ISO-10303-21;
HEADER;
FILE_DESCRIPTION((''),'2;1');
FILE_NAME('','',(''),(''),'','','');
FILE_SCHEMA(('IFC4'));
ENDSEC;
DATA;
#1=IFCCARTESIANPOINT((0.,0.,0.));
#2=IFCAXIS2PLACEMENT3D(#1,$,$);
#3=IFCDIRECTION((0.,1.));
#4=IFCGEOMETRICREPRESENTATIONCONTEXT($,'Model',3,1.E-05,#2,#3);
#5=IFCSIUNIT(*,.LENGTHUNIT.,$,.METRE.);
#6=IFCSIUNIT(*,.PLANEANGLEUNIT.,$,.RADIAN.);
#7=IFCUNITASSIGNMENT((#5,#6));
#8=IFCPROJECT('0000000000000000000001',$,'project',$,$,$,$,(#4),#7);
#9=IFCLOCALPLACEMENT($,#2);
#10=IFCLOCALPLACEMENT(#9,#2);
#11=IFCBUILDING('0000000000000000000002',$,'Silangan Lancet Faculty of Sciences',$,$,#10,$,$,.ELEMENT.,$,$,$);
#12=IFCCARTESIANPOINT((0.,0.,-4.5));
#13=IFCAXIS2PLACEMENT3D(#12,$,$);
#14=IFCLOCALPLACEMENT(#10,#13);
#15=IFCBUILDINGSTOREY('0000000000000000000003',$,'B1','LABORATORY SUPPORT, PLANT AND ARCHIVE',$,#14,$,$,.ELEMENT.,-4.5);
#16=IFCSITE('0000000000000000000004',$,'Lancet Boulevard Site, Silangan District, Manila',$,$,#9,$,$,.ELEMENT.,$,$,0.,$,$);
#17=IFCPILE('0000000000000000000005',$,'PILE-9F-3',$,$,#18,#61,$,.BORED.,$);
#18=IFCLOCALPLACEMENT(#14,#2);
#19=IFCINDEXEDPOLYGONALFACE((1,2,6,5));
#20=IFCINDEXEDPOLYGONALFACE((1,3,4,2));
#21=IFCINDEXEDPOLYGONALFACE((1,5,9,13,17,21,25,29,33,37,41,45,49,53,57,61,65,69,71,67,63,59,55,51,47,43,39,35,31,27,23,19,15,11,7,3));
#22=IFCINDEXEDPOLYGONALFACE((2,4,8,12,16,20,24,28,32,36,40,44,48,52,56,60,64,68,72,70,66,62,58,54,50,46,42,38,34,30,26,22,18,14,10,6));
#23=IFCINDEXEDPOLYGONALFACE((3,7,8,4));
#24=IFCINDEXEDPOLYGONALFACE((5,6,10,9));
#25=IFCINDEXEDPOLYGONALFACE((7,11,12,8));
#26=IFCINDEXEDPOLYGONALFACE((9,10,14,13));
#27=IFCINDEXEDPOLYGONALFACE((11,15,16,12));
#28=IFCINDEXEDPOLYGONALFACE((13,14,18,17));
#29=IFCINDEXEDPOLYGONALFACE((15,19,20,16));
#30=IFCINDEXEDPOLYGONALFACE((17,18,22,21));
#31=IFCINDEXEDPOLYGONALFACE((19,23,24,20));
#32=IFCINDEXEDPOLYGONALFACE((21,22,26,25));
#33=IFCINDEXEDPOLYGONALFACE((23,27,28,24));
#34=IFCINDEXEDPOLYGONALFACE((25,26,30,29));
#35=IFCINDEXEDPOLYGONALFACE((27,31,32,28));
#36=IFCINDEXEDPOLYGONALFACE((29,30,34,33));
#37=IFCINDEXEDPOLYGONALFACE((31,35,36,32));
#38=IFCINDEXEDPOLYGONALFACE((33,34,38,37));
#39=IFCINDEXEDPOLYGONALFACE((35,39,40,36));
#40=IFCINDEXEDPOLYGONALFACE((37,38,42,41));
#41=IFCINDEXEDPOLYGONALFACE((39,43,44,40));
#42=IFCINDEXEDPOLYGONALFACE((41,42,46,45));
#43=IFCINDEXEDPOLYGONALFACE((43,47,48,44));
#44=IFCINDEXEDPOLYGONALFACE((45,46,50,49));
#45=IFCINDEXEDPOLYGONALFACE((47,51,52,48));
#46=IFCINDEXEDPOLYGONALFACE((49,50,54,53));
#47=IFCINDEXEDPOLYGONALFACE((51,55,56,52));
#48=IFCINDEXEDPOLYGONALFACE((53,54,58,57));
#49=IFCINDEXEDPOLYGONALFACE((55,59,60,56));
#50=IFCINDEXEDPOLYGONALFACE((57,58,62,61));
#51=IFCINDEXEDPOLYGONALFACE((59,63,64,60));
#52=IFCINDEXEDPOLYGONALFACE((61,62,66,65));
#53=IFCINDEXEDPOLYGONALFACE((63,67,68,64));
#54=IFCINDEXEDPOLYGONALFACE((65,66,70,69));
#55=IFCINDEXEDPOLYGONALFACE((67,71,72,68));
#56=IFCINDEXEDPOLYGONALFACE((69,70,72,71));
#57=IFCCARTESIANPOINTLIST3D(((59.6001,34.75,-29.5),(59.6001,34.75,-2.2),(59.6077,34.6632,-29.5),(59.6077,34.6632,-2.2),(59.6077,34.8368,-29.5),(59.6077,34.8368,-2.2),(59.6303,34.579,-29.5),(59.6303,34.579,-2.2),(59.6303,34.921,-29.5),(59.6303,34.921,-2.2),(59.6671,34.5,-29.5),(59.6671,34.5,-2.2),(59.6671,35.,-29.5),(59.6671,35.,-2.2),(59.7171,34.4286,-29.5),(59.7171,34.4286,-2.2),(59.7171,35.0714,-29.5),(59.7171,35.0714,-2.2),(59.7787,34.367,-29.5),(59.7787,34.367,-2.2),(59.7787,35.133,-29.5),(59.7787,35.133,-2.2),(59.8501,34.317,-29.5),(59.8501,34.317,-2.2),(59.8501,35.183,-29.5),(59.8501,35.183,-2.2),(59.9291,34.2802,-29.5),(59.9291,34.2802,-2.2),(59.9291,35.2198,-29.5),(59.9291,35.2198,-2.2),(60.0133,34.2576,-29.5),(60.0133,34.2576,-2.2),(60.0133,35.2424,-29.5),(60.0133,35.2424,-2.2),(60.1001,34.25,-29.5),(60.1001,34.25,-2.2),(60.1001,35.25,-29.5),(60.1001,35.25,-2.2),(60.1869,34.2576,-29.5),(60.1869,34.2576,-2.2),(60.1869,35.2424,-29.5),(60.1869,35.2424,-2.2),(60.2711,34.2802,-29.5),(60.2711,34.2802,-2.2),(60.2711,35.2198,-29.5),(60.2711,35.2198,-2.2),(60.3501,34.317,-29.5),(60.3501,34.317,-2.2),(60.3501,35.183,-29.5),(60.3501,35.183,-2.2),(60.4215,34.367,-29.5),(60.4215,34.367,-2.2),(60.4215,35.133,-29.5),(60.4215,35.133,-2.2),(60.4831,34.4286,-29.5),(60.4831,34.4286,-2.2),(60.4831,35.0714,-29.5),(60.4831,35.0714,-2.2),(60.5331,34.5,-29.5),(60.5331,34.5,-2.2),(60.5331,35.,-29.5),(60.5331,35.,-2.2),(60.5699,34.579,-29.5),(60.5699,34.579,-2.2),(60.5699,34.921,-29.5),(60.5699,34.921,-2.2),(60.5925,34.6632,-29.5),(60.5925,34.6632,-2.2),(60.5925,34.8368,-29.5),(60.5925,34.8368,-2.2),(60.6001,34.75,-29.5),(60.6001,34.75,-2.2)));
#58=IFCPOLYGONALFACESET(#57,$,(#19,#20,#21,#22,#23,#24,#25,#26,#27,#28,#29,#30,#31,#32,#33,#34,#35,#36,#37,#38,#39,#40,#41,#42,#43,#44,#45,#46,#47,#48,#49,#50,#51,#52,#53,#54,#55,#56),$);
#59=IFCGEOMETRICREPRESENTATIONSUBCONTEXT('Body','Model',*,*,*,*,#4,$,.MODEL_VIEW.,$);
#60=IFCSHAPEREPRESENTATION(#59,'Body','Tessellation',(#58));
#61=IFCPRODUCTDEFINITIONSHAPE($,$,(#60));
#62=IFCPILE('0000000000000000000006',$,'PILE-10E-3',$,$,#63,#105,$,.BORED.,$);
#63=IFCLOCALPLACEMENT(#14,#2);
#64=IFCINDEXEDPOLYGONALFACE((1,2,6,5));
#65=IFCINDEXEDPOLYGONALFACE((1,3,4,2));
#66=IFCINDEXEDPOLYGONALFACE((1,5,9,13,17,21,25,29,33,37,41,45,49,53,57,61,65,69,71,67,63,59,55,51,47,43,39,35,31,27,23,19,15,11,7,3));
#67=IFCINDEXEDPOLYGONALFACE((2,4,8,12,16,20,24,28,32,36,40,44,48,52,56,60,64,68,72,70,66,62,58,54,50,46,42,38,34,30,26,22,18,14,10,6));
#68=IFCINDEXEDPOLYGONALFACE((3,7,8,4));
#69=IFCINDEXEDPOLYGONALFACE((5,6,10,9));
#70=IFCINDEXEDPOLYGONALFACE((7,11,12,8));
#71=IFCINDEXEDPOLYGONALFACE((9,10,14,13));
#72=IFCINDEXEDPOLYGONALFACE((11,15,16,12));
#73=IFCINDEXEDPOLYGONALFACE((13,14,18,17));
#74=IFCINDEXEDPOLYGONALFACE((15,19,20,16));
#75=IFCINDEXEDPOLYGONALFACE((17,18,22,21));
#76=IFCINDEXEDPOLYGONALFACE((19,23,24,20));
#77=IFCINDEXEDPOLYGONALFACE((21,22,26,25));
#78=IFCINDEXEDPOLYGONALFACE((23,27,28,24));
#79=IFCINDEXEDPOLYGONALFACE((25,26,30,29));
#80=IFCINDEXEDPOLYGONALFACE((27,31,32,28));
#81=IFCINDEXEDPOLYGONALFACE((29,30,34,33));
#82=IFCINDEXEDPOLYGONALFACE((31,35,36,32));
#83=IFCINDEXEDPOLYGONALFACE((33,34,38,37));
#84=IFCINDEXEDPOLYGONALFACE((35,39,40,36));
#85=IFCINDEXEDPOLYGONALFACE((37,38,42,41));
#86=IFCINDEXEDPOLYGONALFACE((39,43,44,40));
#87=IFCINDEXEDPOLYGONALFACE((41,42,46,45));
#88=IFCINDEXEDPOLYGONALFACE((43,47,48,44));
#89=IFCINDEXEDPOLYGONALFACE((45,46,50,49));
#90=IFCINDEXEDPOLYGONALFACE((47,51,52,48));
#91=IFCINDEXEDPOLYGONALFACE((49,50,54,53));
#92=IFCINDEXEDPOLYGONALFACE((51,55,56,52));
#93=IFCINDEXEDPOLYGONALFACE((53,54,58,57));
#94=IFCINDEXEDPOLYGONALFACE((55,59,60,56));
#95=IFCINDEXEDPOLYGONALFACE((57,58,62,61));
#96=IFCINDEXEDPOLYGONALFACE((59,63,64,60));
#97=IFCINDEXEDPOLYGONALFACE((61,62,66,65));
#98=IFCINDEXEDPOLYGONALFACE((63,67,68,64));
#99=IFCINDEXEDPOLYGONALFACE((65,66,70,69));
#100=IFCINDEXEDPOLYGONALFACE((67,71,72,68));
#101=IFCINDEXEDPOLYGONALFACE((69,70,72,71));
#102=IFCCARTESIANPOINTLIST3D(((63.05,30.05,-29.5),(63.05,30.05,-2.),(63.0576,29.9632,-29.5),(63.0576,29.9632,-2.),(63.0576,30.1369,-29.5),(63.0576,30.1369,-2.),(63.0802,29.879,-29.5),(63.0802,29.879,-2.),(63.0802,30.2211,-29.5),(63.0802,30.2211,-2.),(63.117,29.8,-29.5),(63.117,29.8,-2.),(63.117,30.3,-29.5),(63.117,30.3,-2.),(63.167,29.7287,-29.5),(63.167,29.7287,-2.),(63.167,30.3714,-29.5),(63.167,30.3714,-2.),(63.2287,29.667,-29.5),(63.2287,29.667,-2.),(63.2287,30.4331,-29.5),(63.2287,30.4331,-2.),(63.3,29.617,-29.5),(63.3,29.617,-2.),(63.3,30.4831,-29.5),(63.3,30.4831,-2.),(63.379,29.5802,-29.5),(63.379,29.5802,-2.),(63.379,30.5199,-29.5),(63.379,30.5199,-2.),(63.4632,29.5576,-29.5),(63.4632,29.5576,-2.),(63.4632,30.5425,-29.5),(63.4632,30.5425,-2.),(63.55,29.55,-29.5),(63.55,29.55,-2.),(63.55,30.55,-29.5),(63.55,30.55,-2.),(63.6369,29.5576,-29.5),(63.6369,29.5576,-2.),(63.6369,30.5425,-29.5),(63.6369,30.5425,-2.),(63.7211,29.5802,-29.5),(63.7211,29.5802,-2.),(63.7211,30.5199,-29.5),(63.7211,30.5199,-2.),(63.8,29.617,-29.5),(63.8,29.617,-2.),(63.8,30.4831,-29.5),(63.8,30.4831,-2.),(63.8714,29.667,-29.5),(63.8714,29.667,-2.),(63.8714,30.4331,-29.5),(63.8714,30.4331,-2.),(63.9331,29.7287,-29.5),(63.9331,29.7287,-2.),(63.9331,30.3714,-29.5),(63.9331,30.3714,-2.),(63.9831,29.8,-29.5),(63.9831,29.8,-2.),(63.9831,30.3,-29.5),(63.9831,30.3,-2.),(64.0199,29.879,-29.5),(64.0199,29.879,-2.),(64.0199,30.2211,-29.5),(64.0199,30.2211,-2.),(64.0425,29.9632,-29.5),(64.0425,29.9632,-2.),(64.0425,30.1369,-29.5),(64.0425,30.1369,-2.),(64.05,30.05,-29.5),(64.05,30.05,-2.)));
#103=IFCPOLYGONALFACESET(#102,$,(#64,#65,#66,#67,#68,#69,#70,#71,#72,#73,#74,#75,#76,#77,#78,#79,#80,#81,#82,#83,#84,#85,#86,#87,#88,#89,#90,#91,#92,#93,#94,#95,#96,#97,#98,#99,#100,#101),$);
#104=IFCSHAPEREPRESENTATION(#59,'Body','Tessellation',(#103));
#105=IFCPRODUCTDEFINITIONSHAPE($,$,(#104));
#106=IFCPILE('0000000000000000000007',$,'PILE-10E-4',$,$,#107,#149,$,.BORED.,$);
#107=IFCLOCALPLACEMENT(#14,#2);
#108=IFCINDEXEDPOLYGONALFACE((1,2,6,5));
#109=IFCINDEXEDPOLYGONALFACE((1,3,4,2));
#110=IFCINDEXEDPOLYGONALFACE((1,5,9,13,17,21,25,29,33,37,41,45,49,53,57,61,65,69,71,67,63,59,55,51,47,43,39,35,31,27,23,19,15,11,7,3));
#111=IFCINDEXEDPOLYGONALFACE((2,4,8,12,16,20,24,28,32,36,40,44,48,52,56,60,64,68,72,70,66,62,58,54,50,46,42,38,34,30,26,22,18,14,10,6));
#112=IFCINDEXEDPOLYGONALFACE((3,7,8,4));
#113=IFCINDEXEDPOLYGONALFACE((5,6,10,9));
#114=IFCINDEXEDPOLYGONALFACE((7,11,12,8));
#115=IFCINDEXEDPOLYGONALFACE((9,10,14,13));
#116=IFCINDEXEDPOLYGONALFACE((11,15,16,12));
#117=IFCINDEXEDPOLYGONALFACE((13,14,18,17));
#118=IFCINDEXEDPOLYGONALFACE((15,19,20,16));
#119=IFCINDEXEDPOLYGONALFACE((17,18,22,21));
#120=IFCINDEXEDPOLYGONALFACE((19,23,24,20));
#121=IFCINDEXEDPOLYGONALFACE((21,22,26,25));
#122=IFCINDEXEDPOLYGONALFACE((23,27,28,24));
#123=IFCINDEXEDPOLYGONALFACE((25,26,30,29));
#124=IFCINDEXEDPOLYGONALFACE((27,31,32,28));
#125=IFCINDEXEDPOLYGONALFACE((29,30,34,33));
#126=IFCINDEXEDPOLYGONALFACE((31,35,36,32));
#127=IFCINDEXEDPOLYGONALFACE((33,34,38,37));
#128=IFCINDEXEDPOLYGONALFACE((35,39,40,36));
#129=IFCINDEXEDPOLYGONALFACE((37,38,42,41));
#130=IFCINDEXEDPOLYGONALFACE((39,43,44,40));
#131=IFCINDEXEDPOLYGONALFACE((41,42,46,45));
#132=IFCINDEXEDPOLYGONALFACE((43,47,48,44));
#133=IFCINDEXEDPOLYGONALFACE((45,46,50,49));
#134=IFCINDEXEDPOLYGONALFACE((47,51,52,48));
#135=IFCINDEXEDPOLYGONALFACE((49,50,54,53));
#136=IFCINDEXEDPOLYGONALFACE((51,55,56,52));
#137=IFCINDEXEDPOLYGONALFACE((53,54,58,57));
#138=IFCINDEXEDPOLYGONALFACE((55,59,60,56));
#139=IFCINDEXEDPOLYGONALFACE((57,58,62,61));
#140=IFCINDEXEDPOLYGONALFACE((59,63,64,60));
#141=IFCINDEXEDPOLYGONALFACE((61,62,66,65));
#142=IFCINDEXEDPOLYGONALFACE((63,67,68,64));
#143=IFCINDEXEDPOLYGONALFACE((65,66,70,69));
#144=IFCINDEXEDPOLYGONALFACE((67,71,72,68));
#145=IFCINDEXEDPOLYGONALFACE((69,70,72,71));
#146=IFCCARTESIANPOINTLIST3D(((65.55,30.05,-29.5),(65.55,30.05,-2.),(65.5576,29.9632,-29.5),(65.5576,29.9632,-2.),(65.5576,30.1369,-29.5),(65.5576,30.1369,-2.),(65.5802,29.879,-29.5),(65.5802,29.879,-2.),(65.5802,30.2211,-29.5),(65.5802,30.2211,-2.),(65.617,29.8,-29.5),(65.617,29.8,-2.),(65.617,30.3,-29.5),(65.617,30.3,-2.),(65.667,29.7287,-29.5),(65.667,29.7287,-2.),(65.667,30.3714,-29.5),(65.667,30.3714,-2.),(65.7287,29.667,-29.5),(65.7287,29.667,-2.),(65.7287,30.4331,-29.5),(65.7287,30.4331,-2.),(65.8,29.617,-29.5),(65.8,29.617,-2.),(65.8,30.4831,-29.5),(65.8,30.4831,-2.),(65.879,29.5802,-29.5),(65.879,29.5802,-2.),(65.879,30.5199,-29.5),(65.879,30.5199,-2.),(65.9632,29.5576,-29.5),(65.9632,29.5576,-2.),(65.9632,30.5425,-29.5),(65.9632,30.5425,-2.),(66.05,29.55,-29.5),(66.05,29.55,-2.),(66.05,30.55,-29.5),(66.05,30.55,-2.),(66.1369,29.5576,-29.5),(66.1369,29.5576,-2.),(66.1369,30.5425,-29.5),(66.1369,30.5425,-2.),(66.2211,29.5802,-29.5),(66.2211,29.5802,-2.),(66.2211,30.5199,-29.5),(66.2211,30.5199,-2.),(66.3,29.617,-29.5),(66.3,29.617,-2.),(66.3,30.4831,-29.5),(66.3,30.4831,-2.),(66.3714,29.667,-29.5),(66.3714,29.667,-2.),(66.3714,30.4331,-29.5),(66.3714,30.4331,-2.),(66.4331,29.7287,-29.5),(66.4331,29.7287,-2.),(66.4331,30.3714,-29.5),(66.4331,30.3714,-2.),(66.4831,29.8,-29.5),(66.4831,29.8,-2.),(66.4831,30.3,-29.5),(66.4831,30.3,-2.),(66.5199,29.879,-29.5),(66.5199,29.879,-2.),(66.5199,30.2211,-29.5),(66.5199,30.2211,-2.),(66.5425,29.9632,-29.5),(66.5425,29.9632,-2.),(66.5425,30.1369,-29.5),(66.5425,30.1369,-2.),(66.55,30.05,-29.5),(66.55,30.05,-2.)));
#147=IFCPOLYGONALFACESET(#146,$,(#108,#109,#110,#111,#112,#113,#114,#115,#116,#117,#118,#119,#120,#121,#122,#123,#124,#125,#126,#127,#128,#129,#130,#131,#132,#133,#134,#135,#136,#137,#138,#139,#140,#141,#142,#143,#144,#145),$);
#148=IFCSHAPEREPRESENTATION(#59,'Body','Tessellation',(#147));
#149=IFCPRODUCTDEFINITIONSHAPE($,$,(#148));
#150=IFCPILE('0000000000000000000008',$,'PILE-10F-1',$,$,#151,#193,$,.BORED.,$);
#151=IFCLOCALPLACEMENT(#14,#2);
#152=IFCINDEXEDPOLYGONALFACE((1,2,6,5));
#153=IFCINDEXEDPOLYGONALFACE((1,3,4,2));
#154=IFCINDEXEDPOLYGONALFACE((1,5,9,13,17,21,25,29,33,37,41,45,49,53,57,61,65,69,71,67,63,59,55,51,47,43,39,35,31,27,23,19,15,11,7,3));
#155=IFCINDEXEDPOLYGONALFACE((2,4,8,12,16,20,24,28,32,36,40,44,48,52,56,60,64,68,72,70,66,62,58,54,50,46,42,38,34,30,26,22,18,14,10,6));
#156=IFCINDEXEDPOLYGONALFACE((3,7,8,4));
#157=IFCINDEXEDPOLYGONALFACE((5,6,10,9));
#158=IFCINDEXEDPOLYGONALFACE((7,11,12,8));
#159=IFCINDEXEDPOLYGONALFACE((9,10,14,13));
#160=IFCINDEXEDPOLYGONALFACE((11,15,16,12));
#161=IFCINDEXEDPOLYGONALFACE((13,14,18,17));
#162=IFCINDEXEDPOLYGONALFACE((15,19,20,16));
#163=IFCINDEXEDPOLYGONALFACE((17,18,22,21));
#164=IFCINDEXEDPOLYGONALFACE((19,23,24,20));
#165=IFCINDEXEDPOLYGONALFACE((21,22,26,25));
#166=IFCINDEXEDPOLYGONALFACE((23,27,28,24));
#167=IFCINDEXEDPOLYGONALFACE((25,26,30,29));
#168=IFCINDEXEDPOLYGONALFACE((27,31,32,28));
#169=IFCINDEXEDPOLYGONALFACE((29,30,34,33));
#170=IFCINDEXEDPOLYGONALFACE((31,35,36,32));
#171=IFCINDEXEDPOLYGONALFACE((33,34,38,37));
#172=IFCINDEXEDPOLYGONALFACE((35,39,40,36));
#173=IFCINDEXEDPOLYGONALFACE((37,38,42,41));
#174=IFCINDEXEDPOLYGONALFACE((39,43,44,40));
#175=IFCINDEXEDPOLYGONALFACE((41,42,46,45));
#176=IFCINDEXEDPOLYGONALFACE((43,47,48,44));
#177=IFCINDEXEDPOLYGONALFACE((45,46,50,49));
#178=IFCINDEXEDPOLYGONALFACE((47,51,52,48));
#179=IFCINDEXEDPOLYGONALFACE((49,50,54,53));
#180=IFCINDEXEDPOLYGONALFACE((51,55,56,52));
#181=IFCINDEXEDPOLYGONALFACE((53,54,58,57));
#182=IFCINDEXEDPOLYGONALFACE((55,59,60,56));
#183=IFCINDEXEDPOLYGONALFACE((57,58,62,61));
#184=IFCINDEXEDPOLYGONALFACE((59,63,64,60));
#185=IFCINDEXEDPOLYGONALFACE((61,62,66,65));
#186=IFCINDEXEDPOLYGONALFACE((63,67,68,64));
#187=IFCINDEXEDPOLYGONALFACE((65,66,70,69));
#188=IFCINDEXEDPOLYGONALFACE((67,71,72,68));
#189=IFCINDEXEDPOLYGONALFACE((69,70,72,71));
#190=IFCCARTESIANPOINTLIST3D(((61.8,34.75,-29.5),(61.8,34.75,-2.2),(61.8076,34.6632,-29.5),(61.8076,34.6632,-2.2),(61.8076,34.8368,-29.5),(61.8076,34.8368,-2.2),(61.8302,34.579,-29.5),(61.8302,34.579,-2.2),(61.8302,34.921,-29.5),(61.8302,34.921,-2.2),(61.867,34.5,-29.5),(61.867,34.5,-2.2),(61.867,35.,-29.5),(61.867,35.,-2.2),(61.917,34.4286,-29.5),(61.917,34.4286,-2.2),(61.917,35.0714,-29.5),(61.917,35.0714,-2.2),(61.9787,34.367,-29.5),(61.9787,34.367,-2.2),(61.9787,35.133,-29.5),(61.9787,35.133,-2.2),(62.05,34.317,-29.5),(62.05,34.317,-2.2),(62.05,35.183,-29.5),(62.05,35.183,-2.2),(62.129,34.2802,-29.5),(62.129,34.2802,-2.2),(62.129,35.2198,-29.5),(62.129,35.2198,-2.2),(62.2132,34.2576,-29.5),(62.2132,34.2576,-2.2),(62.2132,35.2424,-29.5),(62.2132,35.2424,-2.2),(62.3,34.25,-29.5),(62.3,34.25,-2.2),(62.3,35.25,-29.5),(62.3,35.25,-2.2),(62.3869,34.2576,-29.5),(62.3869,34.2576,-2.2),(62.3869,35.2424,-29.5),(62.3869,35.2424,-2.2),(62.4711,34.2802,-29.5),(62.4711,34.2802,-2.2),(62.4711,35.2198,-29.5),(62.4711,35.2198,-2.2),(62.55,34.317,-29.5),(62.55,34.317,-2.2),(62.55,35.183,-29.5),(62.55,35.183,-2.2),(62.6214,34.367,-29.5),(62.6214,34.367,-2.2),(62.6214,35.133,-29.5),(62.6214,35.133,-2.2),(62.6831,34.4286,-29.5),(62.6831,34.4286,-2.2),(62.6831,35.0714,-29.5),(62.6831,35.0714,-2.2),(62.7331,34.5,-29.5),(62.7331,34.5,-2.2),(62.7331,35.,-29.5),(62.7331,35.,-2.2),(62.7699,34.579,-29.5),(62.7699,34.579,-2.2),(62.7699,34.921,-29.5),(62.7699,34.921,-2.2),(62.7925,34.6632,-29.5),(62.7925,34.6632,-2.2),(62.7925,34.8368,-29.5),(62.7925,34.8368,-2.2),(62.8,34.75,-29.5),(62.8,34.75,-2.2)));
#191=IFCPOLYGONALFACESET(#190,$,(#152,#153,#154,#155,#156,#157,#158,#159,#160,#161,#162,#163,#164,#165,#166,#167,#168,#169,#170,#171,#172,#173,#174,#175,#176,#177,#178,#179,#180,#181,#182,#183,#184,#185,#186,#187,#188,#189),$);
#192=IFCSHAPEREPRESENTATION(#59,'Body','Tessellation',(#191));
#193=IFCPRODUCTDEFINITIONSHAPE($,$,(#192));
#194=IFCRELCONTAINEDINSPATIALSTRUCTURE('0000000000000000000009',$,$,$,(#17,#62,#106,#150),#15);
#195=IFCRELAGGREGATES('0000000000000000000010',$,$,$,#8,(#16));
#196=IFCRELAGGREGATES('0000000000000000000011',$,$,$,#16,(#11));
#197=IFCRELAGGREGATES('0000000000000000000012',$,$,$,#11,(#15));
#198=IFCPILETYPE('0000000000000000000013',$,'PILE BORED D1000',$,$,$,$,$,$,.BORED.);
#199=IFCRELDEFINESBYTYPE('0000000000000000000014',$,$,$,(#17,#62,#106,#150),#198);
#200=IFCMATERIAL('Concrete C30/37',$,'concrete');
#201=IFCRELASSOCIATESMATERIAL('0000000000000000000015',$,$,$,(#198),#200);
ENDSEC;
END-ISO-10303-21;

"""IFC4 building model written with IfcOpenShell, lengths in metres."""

from ifc_helpers import new_model, si_unit, direction, frame, origin, origin_2d, place, context, subcontext, project, spatial, circle, extrude, material, material_profile, profile_set, type_object, element, save


model = new_model("IFC4")

# Units and contexts
model_context = context("Model", 3, precision=1e-05, world=origin(), true_north=direction((0.0, 1.0)))
body_context = subcontext(model_context, "Body", "Model", "MODEL_VIEW")
ifc_project = project(units=[si_unit("LENGTHUNIT", "METRE"), si_unit("PLANEANGLEUNIT", "RADIAN")], contexts=[model_context])

# Site, building, storey
site_placement = place(None, origin())
site = spatial("IfcSite", under=ifc_project, at=site_placement, Name="Lancet Boulevard Site, Silangan District, Manila", CompositionType="ELEMENT", RefElevation=0.0)
building_placement = place(site_placement, origin())
building = spatial("IfcBuilding", under=site, at=building_placement, Name="Silangan Lancet Faculty of Sciences", CompositionType="ELEMENT")
storey_placement = place(building_placement, frame((0.0, 0.0, -4.5)))
storey = spatial("IfcBuildingStorey", under=building, at=storey_placement, Name="B1", Description="LABORATORY SUPPORT, PLANT AND ARCHIVE", CompositionType="ELEMENT", Elevation=-4.5)

# Piles
ifc_material_1 = material(Name="Concrete C30/37", Category="concrete")
ifc_material_profile_1 = material_profile(ifc_material_1, circle(Radius=0.5, at=origin_2d()), Name="BORED PILE D1000")
ifc_profile_set_1 = profile_set([ifc_material_profile_1], Name="Concrete C30/37")
pile_type = type_object("IfcPileType", Name="PILE BORED D1000", PredefinedType="BORED", material=ifc_profile_set_1)
for number, where, z_axis, x_axis, name in (
    (1, (60.1001, 34.75, -2.2), (0.0, 0.0, -1.0), (1.0, 0.0, 0.0), "PILE-9F-3"),
):
    element("IfcPile", number, at=place(storey_placement, frame(where, z_axis=z_axis, x_axis=x_axis)), inside=storey, type_object=pile_type, Name=name, PredefinedType="BORED", context=body_context, shape_type="SweptSolid", body=[
        extrude(circle(Radius=0.5, at=origin_2d()), origin(), (0.0, 0.0, 1.0), 27.3),
    ])
for number, where, z_axis, x_axis, name in (
    (2, (63.55, 30.05, -2.0), (0.0, 0.0, -1.0), (1.0, 0.0, 0.0), "PILE-10E-3"),
    (3, (66.05, 30.05, -2.0), (0.0, 0.0, -1.0), (1.0, 0.0, 0.0), "PILE-10E-4"),
):
    element("IfcPile", number, at=place(storey_placement, frame(where, z_axis=z_axis, x_axis=x_axis)), inside=storey, type_object=pile_type, Name=name, PredefinedType="BORED", context=body_context, shape_type="SweptSolid", body=[
        extrude(circle(Radius=0.5, at=origin_2d()), origin(), (0.0, 0.0, 1.0), 27.5),
    ])
for number, where, z_axis, x_axis, name in (
    (4, (62.3, 34.75, -2.2), (0.0, 0.0, -1.0), (1.0, 0.0, 0.0), "PILE-10F-1"),
):
    element("IfcPile", number, at=place(storey_placement, frame(where, z_axis=z_axis, x_axis=x_axis)), inside=storey, type_object=pile_type, Name=name, PredefinedType="BORED", context=body_context, shape_type="SweptSolid", body=[
        extrude(circle(Radius=0.5, at=origin_2d()), origin(), (0.0, 0.0, 1.0), 27.3),
    ])

save(model, "model.ifc")
